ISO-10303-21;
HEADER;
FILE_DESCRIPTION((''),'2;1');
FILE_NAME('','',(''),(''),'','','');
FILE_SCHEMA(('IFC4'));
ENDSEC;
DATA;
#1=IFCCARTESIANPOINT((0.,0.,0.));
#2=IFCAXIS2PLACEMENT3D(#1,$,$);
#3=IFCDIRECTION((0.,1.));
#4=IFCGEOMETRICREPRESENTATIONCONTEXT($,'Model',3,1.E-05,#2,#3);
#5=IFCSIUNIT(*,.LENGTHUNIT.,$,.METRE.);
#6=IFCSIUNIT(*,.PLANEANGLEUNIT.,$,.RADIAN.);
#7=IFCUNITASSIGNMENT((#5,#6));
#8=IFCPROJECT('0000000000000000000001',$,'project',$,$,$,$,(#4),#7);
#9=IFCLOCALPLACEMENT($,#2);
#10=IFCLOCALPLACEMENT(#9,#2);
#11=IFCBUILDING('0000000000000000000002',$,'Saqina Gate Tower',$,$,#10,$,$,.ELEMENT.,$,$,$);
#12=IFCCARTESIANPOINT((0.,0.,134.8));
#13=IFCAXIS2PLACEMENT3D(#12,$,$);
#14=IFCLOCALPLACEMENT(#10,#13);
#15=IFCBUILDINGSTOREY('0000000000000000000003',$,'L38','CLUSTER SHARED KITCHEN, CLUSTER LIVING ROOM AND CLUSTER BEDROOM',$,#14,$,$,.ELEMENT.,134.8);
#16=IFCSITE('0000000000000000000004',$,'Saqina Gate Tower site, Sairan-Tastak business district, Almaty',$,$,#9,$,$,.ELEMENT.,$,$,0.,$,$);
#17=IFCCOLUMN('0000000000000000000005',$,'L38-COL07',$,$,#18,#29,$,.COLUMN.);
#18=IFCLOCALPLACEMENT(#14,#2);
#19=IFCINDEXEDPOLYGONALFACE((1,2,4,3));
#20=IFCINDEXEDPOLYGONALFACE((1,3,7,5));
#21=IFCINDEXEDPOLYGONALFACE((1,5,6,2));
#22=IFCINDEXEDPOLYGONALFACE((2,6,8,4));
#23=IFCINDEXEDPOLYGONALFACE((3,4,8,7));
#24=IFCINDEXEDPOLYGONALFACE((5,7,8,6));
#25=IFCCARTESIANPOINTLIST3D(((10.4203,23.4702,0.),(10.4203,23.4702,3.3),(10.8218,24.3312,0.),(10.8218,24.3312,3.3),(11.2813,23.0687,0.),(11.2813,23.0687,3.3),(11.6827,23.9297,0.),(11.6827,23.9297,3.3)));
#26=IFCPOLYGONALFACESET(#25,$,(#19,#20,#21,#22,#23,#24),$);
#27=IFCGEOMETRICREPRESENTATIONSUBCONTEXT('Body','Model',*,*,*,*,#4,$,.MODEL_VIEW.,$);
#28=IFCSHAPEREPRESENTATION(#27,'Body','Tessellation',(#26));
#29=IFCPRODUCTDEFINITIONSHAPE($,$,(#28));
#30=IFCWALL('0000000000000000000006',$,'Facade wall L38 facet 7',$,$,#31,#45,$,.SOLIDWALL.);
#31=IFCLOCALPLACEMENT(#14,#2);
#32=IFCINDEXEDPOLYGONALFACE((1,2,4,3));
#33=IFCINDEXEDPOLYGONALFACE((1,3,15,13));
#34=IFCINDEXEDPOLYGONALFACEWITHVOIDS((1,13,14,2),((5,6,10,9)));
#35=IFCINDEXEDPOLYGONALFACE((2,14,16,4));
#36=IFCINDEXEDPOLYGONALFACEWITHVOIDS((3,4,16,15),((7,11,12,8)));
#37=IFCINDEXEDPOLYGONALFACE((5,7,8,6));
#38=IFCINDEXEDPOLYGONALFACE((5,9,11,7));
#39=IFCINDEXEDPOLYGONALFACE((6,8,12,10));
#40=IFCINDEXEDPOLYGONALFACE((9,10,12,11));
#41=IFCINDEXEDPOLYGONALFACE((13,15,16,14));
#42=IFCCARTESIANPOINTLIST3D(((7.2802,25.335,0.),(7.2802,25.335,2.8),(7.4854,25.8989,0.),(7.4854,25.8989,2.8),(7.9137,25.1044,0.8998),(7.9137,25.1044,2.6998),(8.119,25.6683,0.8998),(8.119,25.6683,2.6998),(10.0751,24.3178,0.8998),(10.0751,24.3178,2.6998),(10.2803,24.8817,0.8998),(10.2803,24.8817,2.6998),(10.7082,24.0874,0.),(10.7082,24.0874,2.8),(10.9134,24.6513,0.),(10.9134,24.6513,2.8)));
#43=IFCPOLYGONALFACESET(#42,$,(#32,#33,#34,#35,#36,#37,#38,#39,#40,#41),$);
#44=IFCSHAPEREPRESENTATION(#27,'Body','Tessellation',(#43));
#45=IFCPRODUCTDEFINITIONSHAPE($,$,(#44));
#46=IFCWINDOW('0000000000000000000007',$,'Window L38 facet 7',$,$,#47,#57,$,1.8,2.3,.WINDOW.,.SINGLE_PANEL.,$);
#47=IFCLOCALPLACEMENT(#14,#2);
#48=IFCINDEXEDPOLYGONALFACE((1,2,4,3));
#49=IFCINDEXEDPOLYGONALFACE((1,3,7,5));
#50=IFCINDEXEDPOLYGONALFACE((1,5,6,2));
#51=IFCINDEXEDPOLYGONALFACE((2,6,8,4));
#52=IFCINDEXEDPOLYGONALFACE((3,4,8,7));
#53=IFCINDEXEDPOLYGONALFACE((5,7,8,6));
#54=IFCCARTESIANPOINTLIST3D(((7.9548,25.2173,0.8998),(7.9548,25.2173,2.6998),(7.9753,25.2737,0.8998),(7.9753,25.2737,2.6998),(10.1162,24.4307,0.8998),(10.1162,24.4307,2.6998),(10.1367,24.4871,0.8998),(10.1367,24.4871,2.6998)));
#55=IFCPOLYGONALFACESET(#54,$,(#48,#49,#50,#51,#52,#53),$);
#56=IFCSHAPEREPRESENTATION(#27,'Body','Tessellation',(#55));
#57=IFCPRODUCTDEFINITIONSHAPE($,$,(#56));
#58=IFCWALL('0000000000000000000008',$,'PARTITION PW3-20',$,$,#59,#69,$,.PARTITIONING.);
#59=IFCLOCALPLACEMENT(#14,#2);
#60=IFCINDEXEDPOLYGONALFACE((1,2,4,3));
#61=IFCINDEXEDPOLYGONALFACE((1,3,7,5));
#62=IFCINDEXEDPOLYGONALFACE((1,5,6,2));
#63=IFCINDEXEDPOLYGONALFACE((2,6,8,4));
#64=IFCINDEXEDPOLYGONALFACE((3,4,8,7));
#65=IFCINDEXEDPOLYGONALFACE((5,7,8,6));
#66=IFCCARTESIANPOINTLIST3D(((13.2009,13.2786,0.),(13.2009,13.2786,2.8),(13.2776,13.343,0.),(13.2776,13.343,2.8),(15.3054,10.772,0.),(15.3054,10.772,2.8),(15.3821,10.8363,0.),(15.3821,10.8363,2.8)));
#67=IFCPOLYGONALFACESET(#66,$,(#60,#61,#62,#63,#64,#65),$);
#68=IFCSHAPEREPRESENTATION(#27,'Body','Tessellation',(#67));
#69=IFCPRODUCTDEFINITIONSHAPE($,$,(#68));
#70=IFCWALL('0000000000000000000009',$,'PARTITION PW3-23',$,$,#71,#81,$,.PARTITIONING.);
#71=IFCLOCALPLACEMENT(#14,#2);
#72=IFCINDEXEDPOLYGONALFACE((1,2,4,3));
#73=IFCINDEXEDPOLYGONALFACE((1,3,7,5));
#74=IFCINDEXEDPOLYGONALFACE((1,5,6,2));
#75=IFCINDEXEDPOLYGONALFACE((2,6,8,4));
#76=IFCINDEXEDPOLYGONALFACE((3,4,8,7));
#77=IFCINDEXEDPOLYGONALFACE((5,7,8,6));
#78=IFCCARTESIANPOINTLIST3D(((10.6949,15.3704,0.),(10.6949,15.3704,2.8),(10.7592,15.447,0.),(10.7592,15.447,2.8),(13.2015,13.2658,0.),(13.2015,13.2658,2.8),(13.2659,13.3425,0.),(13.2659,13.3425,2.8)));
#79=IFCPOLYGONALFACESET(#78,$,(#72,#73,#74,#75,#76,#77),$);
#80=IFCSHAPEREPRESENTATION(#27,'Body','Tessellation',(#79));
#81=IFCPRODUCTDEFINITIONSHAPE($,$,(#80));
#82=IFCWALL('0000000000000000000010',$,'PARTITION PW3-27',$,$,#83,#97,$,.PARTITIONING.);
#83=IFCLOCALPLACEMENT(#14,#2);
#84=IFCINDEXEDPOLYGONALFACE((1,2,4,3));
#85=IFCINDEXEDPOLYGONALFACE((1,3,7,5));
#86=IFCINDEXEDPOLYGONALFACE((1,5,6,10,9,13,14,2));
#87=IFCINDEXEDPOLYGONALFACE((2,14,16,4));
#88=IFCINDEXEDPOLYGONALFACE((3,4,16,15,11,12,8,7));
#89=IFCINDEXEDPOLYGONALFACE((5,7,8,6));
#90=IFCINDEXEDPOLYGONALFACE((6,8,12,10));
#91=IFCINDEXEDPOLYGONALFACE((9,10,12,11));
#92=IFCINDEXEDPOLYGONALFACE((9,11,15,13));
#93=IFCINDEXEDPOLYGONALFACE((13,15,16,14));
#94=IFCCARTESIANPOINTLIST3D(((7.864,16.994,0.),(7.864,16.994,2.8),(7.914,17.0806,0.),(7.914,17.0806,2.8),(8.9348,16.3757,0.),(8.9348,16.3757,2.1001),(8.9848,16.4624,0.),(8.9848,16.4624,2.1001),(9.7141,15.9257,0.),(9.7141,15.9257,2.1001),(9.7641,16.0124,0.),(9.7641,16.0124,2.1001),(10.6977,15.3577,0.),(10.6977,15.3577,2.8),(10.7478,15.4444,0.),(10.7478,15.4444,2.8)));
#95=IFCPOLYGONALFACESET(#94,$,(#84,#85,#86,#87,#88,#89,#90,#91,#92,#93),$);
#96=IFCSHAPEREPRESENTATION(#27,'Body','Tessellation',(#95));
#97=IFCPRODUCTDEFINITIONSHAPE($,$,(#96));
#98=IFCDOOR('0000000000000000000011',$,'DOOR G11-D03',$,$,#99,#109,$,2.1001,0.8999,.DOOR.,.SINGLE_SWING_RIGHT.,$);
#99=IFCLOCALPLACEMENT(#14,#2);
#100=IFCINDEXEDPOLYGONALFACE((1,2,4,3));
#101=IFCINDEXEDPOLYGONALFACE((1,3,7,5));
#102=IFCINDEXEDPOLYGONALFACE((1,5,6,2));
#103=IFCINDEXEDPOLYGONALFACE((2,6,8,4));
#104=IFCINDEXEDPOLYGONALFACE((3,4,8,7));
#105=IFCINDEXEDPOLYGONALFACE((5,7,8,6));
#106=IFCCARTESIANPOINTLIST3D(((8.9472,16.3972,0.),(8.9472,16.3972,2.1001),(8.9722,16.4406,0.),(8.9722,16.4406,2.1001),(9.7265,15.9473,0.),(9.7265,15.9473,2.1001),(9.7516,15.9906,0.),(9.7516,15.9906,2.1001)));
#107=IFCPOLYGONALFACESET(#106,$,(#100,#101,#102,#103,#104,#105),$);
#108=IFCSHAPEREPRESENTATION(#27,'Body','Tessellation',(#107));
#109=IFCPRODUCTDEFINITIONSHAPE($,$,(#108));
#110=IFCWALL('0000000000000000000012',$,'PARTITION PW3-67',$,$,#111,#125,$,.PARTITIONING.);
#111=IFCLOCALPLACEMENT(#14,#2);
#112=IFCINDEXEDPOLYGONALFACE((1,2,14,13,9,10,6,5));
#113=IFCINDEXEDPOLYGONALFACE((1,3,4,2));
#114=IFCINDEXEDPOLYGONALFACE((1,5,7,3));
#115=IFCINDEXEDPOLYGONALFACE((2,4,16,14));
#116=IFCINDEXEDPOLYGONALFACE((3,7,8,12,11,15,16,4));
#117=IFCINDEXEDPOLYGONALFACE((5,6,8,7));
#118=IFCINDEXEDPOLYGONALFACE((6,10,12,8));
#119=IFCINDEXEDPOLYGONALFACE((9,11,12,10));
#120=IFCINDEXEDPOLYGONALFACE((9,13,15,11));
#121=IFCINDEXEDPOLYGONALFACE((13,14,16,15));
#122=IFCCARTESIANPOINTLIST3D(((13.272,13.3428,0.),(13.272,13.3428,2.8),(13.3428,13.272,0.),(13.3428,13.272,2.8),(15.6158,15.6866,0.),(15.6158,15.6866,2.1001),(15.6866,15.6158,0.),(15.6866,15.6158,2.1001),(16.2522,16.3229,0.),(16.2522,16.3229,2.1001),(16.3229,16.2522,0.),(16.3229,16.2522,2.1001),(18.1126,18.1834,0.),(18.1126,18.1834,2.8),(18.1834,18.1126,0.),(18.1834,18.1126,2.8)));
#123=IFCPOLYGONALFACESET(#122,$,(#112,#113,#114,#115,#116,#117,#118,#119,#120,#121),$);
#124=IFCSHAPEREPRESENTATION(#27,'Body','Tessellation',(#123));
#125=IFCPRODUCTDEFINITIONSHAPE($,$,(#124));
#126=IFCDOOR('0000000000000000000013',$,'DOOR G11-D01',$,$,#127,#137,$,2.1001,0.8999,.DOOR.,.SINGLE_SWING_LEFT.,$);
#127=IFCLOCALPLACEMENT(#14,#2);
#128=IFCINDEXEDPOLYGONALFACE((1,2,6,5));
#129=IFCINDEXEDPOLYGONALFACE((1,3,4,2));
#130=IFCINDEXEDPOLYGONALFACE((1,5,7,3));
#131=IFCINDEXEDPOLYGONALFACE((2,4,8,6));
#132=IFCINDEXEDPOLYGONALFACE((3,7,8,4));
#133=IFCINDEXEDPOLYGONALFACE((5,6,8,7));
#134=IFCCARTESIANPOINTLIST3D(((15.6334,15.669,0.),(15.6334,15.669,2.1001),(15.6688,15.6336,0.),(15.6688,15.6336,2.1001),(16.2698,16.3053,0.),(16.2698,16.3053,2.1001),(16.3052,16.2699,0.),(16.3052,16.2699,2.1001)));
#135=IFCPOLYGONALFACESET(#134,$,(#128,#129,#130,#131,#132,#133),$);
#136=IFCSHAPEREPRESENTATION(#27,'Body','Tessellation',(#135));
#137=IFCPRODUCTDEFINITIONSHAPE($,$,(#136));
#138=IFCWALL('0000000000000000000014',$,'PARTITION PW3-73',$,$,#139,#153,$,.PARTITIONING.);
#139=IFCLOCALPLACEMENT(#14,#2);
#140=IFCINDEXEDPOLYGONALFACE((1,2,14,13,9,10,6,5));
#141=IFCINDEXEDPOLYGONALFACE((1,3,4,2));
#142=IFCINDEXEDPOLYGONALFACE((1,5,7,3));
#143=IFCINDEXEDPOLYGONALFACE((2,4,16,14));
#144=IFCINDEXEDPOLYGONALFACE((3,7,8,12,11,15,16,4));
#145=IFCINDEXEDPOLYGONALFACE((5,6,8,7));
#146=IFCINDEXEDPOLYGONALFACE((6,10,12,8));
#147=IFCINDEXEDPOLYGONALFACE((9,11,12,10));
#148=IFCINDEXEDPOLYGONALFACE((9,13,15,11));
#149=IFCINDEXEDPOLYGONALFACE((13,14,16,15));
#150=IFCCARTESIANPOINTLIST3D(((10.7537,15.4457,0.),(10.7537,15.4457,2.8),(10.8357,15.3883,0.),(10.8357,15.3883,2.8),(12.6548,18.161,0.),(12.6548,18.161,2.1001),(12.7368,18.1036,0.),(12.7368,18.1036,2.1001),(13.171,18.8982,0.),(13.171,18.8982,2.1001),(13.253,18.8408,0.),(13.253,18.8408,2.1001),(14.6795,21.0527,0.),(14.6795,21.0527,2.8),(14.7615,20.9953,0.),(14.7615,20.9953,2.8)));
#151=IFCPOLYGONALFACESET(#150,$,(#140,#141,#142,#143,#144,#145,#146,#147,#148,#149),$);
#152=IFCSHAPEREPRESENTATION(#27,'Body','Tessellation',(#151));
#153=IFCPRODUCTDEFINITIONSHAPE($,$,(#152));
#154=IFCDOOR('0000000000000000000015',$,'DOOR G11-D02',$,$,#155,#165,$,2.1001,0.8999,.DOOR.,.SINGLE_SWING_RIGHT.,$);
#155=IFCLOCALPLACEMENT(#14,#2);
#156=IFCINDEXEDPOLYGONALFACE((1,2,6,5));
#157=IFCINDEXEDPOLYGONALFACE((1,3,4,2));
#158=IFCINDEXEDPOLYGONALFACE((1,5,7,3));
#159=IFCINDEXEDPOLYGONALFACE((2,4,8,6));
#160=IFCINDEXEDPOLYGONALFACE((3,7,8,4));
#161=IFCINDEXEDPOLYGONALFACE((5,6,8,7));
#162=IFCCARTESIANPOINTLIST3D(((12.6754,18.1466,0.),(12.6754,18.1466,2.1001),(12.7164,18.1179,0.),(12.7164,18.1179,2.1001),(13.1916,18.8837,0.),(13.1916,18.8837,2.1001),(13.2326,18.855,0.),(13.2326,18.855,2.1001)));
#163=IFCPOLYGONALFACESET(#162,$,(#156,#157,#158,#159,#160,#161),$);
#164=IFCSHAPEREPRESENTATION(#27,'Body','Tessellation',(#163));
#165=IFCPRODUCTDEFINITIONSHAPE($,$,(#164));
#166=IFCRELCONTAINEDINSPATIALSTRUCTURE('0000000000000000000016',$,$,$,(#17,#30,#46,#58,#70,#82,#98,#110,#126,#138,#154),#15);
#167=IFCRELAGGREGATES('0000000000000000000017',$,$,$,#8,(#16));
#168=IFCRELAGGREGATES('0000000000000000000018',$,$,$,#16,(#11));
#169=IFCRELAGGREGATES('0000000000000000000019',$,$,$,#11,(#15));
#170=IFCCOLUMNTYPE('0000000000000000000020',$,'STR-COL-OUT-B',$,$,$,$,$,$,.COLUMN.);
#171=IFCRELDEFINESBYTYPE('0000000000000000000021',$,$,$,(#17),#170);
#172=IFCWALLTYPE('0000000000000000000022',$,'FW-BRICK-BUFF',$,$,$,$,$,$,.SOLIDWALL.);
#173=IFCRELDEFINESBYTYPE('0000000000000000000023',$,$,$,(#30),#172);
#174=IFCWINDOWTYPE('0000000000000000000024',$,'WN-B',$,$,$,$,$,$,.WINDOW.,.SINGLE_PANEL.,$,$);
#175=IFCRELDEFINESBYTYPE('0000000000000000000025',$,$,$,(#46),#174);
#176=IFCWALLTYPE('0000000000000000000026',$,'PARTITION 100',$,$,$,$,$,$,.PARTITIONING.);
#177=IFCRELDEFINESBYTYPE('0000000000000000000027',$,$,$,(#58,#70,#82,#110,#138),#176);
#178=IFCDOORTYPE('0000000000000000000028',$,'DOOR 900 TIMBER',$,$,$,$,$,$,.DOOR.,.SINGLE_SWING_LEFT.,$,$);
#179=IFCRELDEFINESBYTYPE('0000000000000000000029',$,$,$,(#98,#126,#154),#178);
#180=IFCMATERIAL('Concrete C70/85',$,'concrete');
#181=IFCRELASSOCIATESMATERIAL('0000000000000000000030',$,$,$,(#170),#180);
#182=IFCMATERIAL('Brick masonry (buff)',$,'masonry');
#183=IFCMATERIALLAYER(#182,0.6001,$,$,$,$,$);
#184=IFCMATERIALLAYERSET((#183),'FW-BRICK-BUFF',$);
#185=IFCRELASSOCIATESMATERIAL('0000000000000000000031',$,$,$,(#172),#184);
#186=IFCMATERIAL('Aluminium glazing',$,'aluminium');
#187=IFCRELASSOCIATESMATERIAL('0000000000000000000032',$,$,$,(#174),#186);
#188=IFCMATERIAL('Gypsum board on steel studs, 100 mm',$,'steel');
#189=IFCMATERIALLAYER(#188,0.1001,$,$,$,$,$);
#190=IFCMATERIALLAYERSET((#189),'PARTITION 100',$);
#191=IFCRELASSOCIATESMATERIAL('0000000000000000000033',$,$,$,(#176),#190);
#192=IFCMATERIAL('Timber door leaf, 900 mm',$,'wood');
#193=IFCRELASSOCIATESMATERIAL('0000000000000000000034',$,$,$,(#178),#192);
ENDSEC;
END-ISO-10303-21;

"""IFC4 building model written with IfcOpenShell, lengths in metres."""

from ifc_helpers import new_model, si_unit, direction, frame, frame_2d, origin, origin_2d, place, context, subcontext, project, spatial, rectangle, extrude, material, layer, layer_set, material_profile, profile_set, type_object, element, fill, save


model = new_model("IFC4")

# Units and contexts
model_context = context("Model", 3, precision=1e-05, world=origin(), true_north=direction((0.0, 1.0)))
body_context = subcontext(model_context, "Body", "Model", "MODEL_VIEW")
ifc_project = project(units=[si_unit("LENGTHUNIT", "METRE"), si_unit("PLANEANGLEUNIT", "RADIAN")], contexts=[model_context])

# Site, building, storey
site_placement = place(None, origin())
site = spatial("IfcSite", under=ifc_project, at=site_placement, Name="Saqina Gate Tower site, Sairan-Tastak business district, Almaty", CompositionType="ELEMENT", RefElevation=0.0)
building_placement = place(site_placement, origin())
building = spatial("IfcBuilding", under=site, at=building_placement, Name="Saqina Gate Tower", CompositionType="ELEMENT")
storey_placement = place(building_placement, frame((0.0, 0.0, 134.8)))
storey = spatial("IfcBuildingStorey", under=building, at=storey_placement, Name="L38", Description="CLUSTER SHARED KITCHEN, CLUSTER LIVING ROOM AND CLUSTER BEDROOM", CompositionType="ELEMENT", Elevation=134.8)

# Column
ifc_material_1 = material(Name="Concrete C70/85", Category="concrete")
ifc_material_profile = material_profile(ifc_material_1, rectangle(XDim=0.95, YDim=0.95, at=origin_2d()), Name="RC 950x950")
ifc_profile_set = profile_set([ifc_material_profile], Name="Concrete C70/85")
column_type = type_object("IfcColumnType", Name="STR-COL-OUT-B", PredefinedType="COLUMN", material=ifc_profile_set)
column_placement = place(storey_placement, frame((11.0515, 23.7, 0.0), z_axis=(0.0, 0.0, 1.0), x_axis=(0.422618, 0.906308, 0.0)))
element("IfcColumn", 1, at=column_placement, inside=storey, type_object=column_type, Name="L38-COL07", PredefinedType="COLUMN", context=body_context, shape_type="SweptSolid", body=[
    extrude(rectangle(XDim=0.95, YDim=0.95, at=origin_2d()), origin(), (0.0, 0.0, 1.0), 3.3),
])

# Wall, opening, window
ifc_material_2 = material(Name="Brick masonry (buff)", Category="masonry")
ifc_layer_1 = layer(ifc_material_2, 0.6001)
ifc_layer_set_1 = layer_set([ifc_layer_1], Name="FW-BRICK-BUFF")
wall_type_1 = type_object("IfcWallType", Name="FW-BRICK-BUFF", PredefinedType="SOLIDWALL", material=ifc_layer_set_1)
wall_1_placement = place(storey_placement, frame((10.8108, 24.3694, 0.0), z_axis=(0.0, 0.0, 1.0), x_axis=(-0.939704, 0.34199, 0.0)))
wall_1 = element("IfcWall", 2, at=wall_1_placement, inside=storey, type_object=wall_type_1, Name="Facade wall L38 facet 7", PredefinedType="SOLIDWALL", context=body_context, shape_type="SweptSolid", body=[
    extrude(rectangle(XDim=3.6479, YDim=0.6001, at=frame_2d((1.824, 0.0))), origin(), (0.0, 0.0, 1.0), 2.8),
])
opening_1_placement = place(wall_1_placement, frame((0.6738, 0.0, 0.8999)))
opening_1 = element("IfcOpeningElement", 3, at=opening_1_placement, cuts=wall_1, PredefinedType="OPENING", context=body_context, shape_type="SweptSolid", body=[
    extrude(rectangle(XDim=2.3, YDim=1.8, at=frame_2d((1.1499, 0.8999))), frame((0.0, 0.312, 0.0), z_axis=(0.0, -1.0, 0.0), x_axis=(1.0, 0.0, 0.0)), (0.0, 0.0, 1.0), 0.624),
])
ifc_material_3 = material(Name="Aluminium glazing", Category="aluminium")
window_type = type_object("IfcWindowType", Name="WN-B", PartitioningType="SINGLE_PANEL", PredefinedType="WINDOW", material=ifc_material_3)
window_placement = place(opening_1_placement, origin())
window = element("IfcWindow", 4, at=window_placement, inside=storey, type_object=window_type, Name="Window L38 facet 7", OverallHeight=1.8, OverallWidth=2.3, PartitioningType="SINGLE_PANEL", PredefinedType="WINDOW", context=body_context, shape_type="SweptSolid", body=[
    extrude(rectangle(XDim=2.3, YDim=1.8, at=frame_2d((1.1499, 0.8999))), frame((0.0, 0.1799, 0.0), z_axis=(0.0, -1.0, 0.0), x_axis=(1.0, 0.0, 0.0)), (0.0, 0.0, 1.0), 0.0601),
])
fill(opening_1, window)

# Walls
ifc_material_4 = material(Name="Gypsum board on steel studs, 100 mm", Category="steel")
ifc_layer_2 = layer(ifc_material_4, 0.1001)
ifc_layer_set_2 = layer_set([ifc_layer_2], Name="PARTITION 100")
wall_type_2 = type_object("IfcWallType", Name="PARTITION 100", PredefinedType="PARTITIONING", material=ifc_layer_set_2)
for number, where, z_axis, x_axis, name in (
    (5, (13.2393, 13.3108, 0.0), (0.0, 0.0, 1.0), (0.643005, -0.765862, 0.0), "PARTITION PW3-20"),
    (6, (10.7271, 15.4087, 0.0), (0.0, 0.0, 1.0), (0.765862, -0.643005, 0.0), "PARTITION PW3-23"),
):
    element("IfcWall", number, at=place(storey_placement, frame(where, z_axis=z_axis, x_axis=x_axis)), inside=storey, type_object=wall_type_2, Name=name, PredefinedType="PARTITIONING", context=body_context, shape_type="SweptSolid", body=[
        extrude(rectangle(XDim=3.2729, YDim=0.1001, at=frame_2d((1.6365, 0.0))), origin(), (0.0, 0.0, 1.0), 2.8),
    ])

# Walls, openings, doors
wall_2_placement = place(storey_placement, frame((7.8889, 17.0374, 0.0), z_axis=(0.0, 0.0, 1.0), x_axis=(0.866003, -0.500039, 0.0)))
wall_2 = element("IfcWall", 7, at=wall_2_placement, inside=storey, type_object=wall_type_2, Name="PARTITION PW3-27", PredefinedType="PARTITIONING", context=body_context, shape_type="SweptSolid", body=[
    extrude(rectangle(XDim=3.2722, YDim=0.1001, at=frame_2d((1.6362, 0.0))), origin(), (0.0, 0.0, 1.0), 2.8),
])
opening_2_placement = place(wall_2_placement, frame((1.2366, 0.0, 0.0)))
opening_2 = element("IfcOpeningElement", 8, at=opening_2_placement, cuts=wall_2, PredefinedType="OPENING", context=body_context, shape_type="SweptSolid", body=[
    extrude(rectangle(XDim=0.8999, YDim=2.1001, at=frame_2d((0.45, 1.05))), frame((0.0, 0.062, 0.0), z_axis=(0.0, -1.0, 0.0), x_axis=(1.0, 0.0, 0.0)), (0.0, 0.0, 1.0), 0.124),
])
ifc_material_5 = material(Name="Timber door leaf, 900 mm", Category="wood")
door_type_1 = type_object("IfcDoorType", Name="DOOR 900 TIMBER", OperationType="SINGLE_SWING_LEFT", PredefinedType="DOOR", material=ifc_material_5)
door_1_placement = place(opening_2_placement, origin())
door_1 = element("IfcDoor", 9, at=door_1_placement, inside=storey, type_object=door_type_1, Name="DOOR G11-D03", OperationType="SINGLE_SWING_RIGHT", OverallHeight=2.1001, OverallWidth=0.8999, PredefinedType="DOOR", context=body_context, shape_type="SweptSolid", body=[
    extrude(rectangle(XDim=0.8999, YDim=2.1001, at=frame_2d((0.45, 1.05))), frame((0.0, 0.0249, 0.0), z_axis=(0.0, -1.0, 0.0), x_axis=(1.0, 0.0, 0.0)), (0.0, 0.0, 1.0), 0.05),
])
fill(opening_2, door_1)
wall_3_placement = place(storey_placement, frame((13.3074, 13.3074, 0.0), z_axis=(0.0, 0.0, 1.0), x_axis=(0.707107, 0.707107, 0.0)))
wall_3 = element("IfcWall", 10, at=wall_3_placement, inside=storey, type_object=wall_type_2, Name="PARTITION PW3-67", PredefinedType="PARTITIONING", context=body_context, shape_type="SweptSolid", body=[
    extrude(rectangle(XDim=6.8457, YDim=0.1001, at=frame_2d((3.4229, 0.0))), origin(), (0.0, 0.0, 1.0), 2.8),
])
opening_3_placement = place(wall_3_placement, frame((3.3147, 0.0, 0.0)))
opening_3 = element("IfcOpeningElement", 11, at=opening_3_placement, cuts=wall_3, PredefinedType="OPENING", context=body_context, shape_type="SweptSolid", body=[
    extrude(rectangle(XDim=0.8999, YDim=2.1001, at=frame_2d((0.45, 1.05))), frame((0.0, 0.062, 0.0), z_axis=(0.0, -1.0, 0.0), x_axis=(1.0, 0.0, 0.0)), (0.0, 0.0, 1.0), 0.124),
])
door_2_placement = place(opening_3_placement, frame((0.8999, 0.0, 0.0), z_axis=(0.0, 0.0, 1.0), x_axis=(-1.0, 0.0, 0.0)))
door_2 = element("IfcDoor", 12, at=door_2_placement, inside=storey, type_object=door_type_1, Name="DOOR G11-D01", OperationType="SINGLE_SWING_LEFT", OverallHeight=2.1001, OverallWidth=0.8999, PredefinedType="DOOR", context=body_context, shape_type="SweptSolid", body=[
    extrude(rectangle(XDim=0.8999, YDim=2.1001, at=frame_2d((0.45, 1.05))), frame((0.0, 0.0249, 0.0), z_axis=(0.0, -1.0, 0.0), x_axis=(1.0, 0.0, 0.0)), (0.0, 0.0, 1.0), 0.05),
])
fill(opening_3, door_2)
wall_4_placement = place(storey_placement, frame((10.7947, 15.417, 0.0), z_axis=(0.0, 0.0, 1.0), x_axis=(0.573553, 0.819168, 0.0)))
wall_4 = element("IfcWall", 13, at=wall_4_placement, inside=storey, type_object=wall_type_2, Name="PARTITION PW3-73", PredefinedType="PARTITIONING", context=body_context, shape_type="SweptSolid", body=[
    extrude(rectangle(XDim=6.8447, YDim=0.1001, at=frame_2d((3.4224, 0.0))), origin(), (0.0, 0.0, 1.0), 2.8),
])
opening_4_placement = place(wall_4_placement, frame((3.3147, 0.0, 0.0)))
opening_4 = element("IfcOpeningElement", 14, at=opening_4_placement, cuts=wall_4, PredefinedType="OPENING", context=body_context, shape_type="SweptSolid", body=[
    extrude(rectangle(XDim=0.8999, YDim=2.1001, at=frame_2d((0.45, 1.05))), frame((0.0, 0.062, 0.0), z_axis=(0.0, -1.0, 0.0), x_axis=(1.0, 0.0, 0.0)), (0.0, 0.0, 1.0), 0.124),
])
door_3_placement = place(opening_4_placement, origin())
door_3 = element("IfcDoor", 15, at=door_3_placement, inside=storey, type_object=door_type_1, Name="DOOR G11-D02", OperationType="SINGLE_SWING_RIGHT", OverallHeight=2.1001, OverallWidth=0.8999, PredefinedType="DOOR", context=body_context, shape_type="SweptSolid", body=[
    extrude(rectangle(XDim=0.8999, YDim=2.1001, at=frame_2d((0.45, 1.05))), frame((0.0, 0.0249, 0.0), z_axis=(0.0, -1.0, 0.0), x_axis=(1.0, 0.0, 0.0)), (0.0, 0.0, 1.0), 0.05),
])
fill(opening_4, door_3)

save(model, "model.ifc")
